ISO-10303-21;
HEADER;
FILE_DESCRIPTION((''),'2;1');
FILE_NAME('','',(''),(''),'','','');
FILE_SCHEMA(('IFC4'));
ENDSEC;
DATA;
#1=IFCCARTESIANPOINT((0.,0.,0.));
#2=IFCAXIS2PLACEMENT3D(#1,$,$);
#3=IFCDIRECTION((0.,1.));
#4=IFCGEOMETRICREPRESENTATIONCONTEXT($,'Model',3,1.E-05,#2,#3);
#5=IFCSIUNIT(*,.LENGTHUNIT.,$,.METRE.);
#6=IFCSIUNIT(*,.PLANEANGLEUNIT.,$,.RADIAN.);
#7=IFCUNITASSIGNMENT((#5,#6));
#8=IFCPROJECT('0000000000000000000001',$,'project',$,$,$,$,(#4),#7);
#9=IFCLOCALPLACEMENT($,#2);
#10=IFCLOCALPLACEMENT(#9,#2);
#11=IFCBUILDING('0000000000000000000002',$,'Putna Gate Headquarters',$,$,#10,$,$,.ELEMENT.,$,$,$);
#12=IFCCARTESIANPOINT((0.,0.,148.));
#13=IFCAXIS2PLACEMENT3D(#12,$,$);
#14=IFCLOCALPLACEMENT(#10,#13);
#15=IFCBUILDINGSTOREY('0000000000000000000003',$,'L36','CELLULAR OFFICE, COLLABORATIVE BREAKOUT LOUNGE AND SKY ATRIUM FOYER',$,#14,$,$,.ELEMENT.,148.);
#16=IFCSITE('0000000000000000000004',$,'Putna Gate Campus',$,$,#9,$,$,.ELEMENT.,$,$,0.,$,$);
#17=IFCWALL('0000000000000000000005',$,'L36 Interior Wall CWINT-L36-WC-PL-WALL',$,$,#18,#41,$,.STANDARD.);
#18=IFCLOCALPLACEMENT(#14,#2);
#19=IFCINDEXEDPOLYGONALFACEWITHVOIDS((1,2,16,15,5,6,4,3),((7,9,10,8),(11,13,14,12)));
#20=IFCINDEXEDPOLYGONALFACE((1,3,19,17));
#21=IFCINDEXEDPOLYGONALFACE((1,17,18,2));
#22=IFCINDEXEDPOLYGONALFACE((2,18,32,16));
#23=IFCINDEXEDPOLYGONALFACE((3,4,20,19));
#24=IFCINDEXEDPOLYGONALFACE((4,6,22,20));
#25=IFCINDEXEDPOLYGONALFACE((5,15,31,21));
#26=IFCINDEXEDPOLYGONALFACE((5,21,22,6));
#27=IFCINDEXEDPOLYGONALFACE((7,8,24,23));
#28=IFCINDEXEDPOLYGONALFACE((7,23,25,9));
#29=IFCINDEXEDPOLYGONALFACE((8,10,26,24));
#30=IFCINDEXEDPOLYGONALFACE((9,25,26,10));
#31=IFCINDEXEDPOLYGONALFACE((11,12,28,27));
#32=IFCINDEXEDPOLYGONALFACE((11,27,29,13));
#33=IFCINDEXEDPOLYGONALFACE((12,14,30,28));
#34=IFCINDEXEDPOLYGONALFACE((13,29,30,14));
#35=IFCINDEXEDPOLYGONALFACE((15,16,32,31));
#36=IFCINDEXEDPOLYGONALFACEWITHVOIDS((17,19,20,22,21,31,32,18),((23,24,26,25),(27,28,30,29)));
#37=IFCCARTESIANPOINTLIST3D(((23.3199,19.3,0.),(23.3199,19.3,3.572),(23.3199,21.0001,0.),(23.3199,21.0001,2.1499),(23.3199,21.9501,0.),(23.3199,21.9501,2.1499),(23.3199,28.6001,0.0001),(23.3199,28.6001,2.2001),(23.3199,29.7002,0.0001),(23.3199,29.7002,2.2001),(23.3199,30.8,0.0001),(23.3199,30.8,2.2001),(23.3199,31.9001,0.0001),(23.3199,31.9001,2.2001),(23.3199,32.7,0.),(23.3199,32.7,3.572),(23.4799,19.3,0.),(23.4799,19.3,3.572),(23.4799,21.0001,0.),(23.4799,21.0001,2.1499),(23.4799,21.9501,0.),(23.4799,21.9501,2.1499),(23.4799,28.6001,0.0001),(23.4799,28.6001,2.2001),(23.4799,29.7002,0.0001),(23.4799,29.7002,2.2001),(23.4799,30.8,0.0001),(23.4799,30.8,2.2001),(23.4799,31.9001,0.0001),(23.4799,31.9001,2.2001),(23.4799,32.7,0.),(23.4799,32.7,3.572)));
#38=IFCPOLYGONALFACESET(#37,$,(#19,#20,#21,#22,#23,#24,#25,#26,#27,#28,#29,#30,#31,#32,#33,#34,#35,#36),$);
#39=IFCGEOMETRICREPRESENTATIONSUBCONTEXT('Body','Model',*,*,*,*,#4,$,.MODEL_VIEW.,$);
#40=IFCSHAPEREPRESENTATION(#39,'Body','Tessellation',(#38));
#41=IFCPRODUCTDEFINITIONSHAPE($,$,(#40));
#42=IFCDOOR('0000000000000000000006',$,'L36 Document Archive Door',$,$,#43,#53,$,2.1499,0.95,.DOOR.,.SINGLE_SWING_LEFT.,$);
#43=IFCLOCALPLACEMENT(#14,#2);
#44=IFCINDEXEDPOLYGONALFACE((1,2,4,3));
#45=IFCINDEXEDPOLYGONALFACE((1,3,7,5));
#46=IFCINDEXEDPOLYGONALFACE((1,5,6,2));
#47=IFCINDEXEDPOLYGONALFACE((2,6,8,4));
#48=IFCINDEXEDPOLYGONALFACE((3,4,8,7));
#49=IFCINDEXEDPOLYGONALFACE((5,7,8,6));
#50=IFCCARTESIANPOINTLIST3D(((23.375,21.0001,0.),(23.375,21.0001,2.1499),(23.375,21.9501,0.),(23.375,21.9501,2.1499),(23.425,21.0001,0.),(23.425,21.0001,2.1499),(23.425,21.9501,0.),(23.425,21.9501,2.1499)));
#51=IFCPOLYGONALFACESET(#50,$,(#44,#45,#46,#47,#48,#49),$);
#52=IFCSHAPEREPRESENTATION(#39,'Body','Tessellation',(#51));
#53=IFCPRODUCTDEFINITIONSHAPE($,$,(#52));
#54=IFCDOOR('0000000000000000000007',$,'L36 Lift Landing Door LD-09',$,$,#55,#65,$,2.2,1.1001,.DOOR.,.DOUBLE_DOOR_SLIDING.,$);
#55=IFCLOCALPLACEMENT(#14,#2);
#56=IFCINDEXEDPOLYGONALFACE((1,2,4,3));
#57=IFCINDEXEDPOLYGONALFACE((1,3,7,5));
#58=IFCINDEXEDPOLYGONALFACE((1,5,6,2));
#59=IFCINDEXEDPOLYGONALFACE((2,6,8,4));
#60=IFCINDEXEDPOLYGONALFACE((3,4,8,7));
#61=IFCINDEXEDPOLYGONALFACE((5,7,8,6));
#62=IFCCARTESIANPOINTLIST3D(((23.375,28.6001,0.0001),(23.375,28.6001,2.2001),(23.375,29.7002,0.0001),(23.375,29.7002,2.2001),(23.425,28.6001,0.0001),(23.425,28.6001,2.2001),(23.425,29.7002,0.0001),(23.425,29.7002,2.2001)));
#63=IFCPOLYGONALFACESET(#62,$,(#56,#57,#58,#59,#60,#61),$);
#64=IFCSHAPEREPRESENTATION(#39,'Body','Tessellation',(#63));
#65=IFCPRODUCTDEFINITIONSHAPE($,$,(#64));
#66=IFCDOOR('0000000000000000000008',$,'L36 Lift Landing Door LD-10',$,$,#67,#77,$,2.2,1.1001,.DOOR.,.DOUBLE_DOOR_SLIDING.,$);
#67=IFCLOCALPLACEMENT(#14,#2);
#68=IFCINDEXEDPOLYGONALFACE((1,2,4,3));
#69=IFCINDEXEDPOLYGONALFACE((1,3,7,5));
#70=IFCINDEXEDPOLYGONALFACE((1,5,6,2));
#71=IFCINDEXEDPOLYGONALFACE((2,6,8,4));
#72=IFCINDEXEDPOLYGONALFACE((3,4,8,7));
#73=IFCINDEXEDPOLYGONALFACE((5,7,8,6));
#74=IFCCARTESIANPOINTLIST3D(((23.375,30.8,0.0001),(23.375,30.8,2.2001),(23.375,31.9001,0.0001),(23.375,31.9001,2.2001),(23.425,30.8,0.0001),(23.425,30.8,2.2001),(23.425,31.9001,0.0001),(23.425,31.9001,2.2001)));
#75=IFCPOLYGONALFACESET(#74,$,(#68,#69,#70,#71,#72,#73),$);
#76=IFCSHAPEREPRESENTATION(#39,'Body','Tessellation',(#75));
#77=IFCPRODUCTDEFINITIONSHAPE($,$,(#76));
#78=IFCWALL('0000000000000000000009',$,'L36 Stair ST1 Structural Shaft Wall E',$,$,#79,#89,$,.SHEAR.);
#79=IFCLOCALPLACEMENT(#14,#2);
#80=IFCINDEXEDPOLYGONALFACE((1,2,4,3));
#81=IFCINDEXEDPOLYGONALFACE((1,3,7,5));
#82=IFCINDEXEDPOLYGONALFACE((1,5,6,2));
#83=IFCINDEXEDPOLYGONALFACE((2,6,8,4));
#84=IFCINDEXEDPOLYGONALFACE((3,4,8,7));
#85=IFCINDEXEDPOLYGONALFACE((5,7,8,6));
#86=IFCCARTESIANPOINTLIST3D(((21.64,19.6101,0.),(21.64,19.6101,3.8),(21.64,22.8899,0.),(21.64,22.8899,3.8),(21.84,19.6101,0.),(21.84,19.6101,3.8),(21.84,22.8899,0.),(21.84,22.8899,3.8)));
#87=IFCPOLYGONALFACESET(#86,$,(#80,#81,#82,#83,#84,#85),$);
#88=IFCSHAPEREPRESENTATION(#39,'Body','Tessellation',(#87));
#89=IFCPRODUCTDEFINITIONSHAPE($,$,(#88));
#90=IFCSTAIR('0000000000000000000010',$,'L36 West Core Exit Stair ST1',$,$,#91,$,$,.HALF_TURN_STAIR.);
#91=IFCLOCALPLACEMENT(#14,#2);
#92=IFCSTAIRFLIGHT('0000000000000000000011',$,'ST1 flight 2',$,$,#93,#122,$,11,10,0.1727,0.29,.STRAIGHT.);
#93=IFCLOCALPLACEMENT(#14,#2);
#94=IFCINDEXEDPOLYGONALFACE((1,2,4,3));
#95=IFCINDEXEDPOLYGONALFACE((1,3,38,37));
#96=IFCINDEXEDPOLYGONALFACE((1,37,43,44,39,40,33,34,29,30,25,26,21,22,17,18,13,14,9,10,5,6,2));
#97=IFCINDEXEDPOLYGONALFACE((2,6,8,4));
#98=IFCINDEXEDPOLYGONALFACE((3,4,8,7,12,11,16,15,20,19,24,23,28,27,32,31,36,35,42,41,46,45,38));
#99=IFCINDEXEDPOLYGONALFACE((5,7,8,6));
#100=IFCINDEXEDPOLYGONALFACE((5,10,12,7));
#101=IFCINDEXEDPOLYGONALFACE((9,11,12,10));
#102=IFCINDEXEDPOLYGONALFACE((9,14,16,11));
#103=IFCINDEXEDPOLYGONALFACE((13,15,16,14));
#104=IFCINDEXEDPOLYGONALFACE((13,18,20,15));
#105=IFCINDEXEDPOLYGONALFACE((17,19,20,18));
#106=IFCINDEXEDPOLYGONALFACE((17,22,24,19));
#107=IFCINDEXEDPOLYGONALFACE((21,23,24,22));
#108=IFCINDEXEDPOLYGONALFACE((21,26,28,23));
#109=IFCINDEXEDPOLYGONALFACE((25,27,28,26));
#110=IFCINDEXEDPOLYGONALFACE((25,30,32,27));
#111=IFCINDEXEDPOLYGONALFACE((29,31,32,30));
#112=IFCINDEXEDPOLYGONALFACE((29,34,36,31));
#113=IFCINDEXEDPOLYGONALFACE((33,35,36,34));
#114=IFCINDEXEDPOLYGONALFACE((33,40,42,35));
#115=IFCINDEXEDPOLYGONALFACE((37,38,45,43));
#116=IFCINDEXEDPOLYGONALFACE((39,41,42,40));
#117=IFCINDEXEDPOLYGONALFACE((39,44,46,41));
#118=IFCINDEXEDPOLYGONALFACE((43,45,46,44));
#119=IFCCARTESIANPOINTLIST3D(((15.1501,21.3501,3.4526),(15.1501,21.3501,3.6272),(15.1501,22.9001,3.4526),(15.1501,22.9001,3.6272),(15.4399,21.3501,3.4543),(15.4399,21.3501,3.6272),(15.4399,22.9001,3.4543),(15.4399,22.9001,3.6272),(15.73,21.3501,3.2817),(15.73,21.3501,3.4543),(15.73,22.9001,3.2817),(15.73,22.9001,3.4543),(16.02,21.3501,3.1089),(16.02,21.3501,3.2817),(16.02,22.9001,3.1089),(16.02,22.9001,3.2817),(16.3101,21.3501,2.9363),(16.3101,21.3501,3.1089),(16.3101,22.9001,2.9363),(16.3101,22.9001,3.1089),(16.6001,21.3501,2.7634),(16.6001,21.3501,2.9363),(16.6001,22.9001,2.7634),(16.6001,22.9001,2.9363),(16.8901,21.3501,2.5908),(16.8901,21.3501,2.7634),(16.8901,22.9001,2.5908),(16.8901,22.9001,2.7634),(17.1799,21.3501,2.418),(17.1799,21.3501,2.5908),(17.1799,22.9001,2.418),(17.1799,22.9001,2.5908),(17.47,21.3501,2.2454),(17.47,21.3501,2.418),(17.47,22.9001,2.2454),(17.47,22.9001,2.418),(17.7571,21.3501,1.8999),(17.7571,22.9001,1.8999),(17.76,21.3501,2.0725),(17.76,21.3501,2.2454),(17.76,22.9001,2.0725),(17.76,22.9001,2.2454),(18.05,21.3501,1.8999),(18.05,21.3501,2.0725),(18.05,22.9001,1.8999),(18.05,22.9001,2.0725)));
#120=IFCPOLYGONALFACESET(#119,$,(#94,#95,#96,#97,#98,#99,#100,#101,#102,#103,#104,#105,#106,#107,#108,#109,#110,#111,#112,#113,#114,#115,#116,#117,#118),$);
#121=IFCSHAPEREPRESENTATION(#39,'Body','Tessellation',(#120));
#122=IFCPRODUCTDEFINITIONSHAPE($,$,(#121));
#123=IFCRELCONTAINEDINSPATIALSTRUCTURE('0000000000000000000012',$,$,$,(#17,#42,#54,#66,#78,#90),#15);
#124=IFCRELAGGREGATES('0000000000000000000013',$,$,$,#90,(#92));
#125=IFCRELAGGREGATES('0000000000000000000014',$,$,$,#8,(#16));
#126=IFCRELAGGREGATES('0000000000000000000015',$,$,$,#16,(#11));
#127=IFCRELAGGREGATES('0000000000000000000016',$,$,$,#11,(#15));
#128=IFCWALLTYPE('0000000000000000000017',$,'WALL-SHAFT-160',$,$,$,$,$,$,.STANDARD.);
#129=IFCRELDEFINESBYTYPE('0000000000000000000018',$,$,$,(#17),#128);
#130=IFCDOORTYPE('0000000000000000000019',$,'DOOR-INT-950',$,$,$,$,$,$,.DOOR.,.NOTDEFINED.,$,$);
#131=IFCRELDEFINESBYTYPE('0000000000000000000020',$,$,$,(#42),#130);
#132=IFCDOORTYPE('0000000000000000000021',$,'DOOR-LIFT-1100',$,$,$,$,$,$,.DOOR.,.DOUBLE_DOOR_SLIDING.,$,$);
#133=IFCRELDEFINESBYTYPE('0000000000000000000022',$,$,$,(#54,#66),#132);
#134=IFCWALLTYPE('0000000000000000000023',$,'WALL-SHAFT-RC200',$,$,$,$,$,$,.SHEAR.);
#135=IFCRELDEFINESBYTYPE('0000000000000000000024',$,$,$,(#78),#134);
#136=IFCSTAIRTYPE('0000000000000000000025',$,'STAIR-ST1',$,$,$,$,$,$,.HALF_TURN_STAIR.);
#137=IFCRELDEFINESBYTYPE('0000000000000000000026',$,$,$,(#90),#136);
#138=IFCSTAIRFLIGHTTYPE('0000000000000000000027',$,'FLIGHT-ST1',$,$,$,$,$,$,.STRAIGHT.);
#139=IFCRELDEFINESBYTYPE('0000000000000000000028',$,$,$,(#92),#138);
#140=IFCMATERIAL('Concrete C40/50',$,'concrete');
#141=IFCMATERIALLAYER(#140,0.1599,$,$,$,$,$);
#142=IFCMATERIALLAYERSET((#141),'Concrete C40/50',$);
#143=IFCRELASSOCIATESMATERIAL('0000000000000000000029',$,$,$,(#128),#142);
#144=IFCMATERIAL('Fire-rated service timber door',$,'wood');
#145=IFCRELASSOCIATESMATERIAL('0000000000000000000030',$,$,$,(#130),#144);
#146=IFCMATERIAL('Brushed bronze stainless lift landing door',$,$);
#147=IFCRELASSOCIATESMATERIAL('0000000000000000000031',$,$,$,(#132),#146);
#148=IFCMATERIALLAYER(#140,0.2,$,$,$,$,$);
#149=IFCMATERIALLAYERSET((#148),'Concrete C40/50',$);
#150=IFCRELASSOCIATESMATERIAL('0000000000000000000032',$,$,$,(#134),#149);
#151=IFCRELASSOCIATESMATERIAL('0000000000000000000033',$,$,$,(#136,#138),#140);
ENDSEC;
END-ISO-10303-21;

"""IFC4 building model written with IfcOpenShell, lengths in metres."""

from ifc_helpers import new_model, si_unit, direction, frame, frame_2d, origin, place, context, subcontext, project, spatial, polyline, rectangle, outline, extrude, material, layer, layer_set, type_object, element, fill, aggregate, save


model = new_model("IFC4")

# Units and contexts
model_context = context("Model", 3, precision=1e-05, world=origin(), true_north=direction((0.0, 1.0)))
body_context = subcontext(model_context, "Body", "Model", "MODEL_VIEW")
ifc_project = project(units=[si_unit("LENGTHUNIT", "METRE"), si_unit("PLANEANGLEUNIT", "RADIAN")], contexts=[model_context])

# Site, building, storey
site_placement = place(None, origin())
site = spatial("IfcSite", under=ifc_project, at=site_placement, Name="Putna Gate Campus", CompositionType="ELEMENT", RefElevation=0.0)
building_placement = place(site_placement, origin())
building = spatial("IfcBuilding", under=site, at=building_placement, Name="Putna Gate Headquarters", CompositionType="ELEMENT")
storey_placement = place(building_placement, frame((0.0, 0.0, 148.0)))
storey = spatial("IfcBuildingStorey", under=building, at=storey_placement, Name="L36", Description="CELLULAR OFFICE, COLLABORATIVE BREAKOUT LOUNGE AND SKY ATRIUM FOYER", CompositionType="ELEMENT", Elevation=148.0)

# Wall, openings, doors
ifc_material_1 = material(Name="Concrete C40/50", Category="concrete")
ifc_layer_1 = layer(ifc_material_1, 0.1599)
ifc_layer_set_1 = layer_set([ifc_layer_1], Name="Concrete C40/50")
wall_type_1 = type_object("IfcWallType", Name="WALL-SHAFT-160", PredefinedType="STANDARD", material=ifc_layer_set_1)
wall_1_placement = place(storey_placement, frame((23.3999, 19.3, 0.0), z_axis=(0.0, 0.0, 1.0), x_axis=(0.0, 1.0, 0.0)))
wall_1 = element("IfcWall", 1, at=wall_1_placement, inside=storey, type_object=wall_type_1, Name="L36 Interior Wall CWINT-L36-WC-PL-WALL", PredefinedType="STANDARD", context=body_context, shape_type="SweptSolid", body=[
    extrude(rectangle(XDim=13.3999, YDim=0.1599, at=frame_2d((6.7, 0.0))), origin(), (0.0, 0.0, 1.0), 3.572),
])
opening_1_placement = place(wall_1_placement, frame((1.7, 0.0, 0.0)))
opening_1 = element("IfcOpeningElement", 2, at=opening_1_placement, cuts=wall_1, PredefinedType="OPENING", context=body_context, shape_type="SweptSolid", body=[
    extrude(rectangle(XDim=0.95, YDim=2.1499, at=frame_2d((0.4751, 1.075))), frame((0.0, 0.0898, 0.0), z_axis=(0.0, -1.0, 0.0), x_axis=(1.0, 0.0, 0.0)), (0.0, 0.0, 1.0), 0.1799),
])
opening_2_placement = place(wall_1_placement, frame((9.3, 0.0, 0.0)))
opening_2 = element("IfcOpeningElement", 3, at=opening_2_placement, cuts=wall_1, PredefinedType="OPENING", context=body_context, shape_type="SweptSolid", body=[
    extrude(rectangle(XDim=1.1001, YDim=2.2, at=frame_2d((0.55, 1.1001))), frame((0.0, 0.0898, 0.0), z_axis=(0.0, -1.0, 0.0), x_axis=(1.0, 0.0, 0.0)), (0.0, 0.0, 1.0), 0.1799),
])
opening_3_placement = place(wall_1_placement, frame((11.5, 0.0, 0.0)))
opening_3 = element("IfcOpeningElement", 4, at=opening_3_placement, cuts=wall_1, PredefinedType="OPENING", context=body_context, shape_type="SweptSolid", body=[
    extrude(rectangle(XDim=1.1001, YDim=2.2, at=frame_2d((0.55, 1.1001))), frame((0.0, 0.0898, 0.0), z_axis=(0.0, -1.0, 0.0), x_axis=(1.0, 0.0, 0.0)), (0.0, 0.0, 1.0), 0.1799),
])
ifc_material_2 = material(Name="Fire-rated service timber door", Category="wood")
door_type_1 = type_object("IfcDoorType", Name="DOOR-INT-950", OperationType="NOTDEFINED", PredefinedType="DOOR", material=ifc_material_2)
door_1_placement = place(opening_1_placement, origin())
door_1 = element("IfcDoor", 5, at=door_1_placement, inside=storey, type_object=door_type_1, Name="L36 Document Archive Door", OperationType="SINGLE_SWING_LEFT", OverallHeight=2.1499, OverallWidth=0.95, PredefinedType="DOOR", context=body_context, shape_type="SweptSolid", body=[
    extrude(rectangle(XDim=0.95, YDim=2.1499, at=frame_2d((0.4751, 1.075))), frame((0.0, 0.0249, 0.0), z_axis=(0.0, -1.0, 0.0), x_axis=(1.0, 0.0, 0.0)), (0.0, 0.0, 1.0), 0.05),
])
fill(opening_1, door_1)
ifc_material_3 = material(Name="Brushed bronze stainless lift landing door")
door_type_2 = type_object("IfcDoorType", Name="DOOR-LIFT-1100", OperationType="DOUBLE_DOOR_SLIDING", PredefinedType="DOOR", material=ifc_material_3)
door_2_placement = place(opening_2_placement, origin())
door_2 = element("IfcDoor", 6, at=door_2_placement, inside=storey, type_object=door_type_2, Name="L36 Lift Landing Door LD-09", OperationType="DOUBLE_DOOR_SLIDING", OverallHeight=2.2, OverallWidth=1.1001, PredefinedType="DOOR", context=body_context, shape_type="SweptSolid", body=[
    extrude(rectangle(XDim=1.1001, YDim=2.2, at=frame_2d((0.55, 1.1001))), frame((0.0, 0.0249, 0.0), z_axis=(0.0, -1.0, 0.0), x_axis=(1.0, 0.0, 0.0)), (0.0, 0.0, 1.0), 0.05),
])
fill(opening_2, door_2)
door_3_placement = place(opening_3_placement, origin())
door_3 = element("IfcDoor", 7, at=door_3_placement, inside=storey, type_object=door_type_2, Name="L36 Lift Landing Door LD-10", OperationType="DOUBLE_DOOR_SLIDING", OverallHeight=2.2, OverallWidth=1.1001, PredefinedType="DOOR", context=body_context, shape_type="SweptSolid", body=[
    extrude(rectangle(XDim=1.1001, YDim=2.2, at=frame_2d((0.55, 1.1001))), frame((0.0, 0.0249, 0.0), z_axis=(0.0, -1.0, 0.0), x_axis=(1.0, 0.0, 0.0)), (0.0, 0.0, 1.0), 0.05),
])
fill(opening_3, door_3)

# Wall
ifc_layer_2 = layer(ifc_material_1, 0.2)
ifc_layer_set_2 = layer_set([ifc_layer_2], Name="Concrete C40/50")
wall_type_2 = type_object("IfcWallType", Name="WALL-SHAFT-RC200", PredefinedType="SHEAR", material=ifc_layer_set_2)
wall_2_placement = place(storey_placement, frame((21.74, 19.6101, 0.0), z_axis=(0.0, 0.0, 1.0), x_axis=(0.0, 1.0, 0.0)))
element("IfcWall", 8, at=wall_2_placement, inside=storey, type_object=wall_type_2, Name="L36 Stair ST1 Structural Shaft Wall E", PredefinedType="SHEAR", context=body_context, shape_type="SweptSolid", body=[
    extrude(rectangle(XDim=3.2798, YDim=0.2, at=frame_2d((1.6399, 0.0))), origin(), (0.0, 0.0, 1.0), 3.8),
])

# Stair, stair flight
stair_type = type_object("IfcStairType", Name="STAIR-ST1", PredefinedType="HALF_TURN_STAIR", material=ifc_material_1)
stair_placement = place(storey_placement, origin())
stair = element("IfcStair", 9, at=stair_placement, inside=storey, type_object=stair_type, Name="L36 West Core Exit Stair ST1", PredefinedType="HALF_TURN_STAIR")
stair_flight_type = type_object("IfcStairFlightType", Name="FLIGHT-ST1", PredefinedType="STRAIGHT", material=ifc_material_1)
stair_flight_placement = place(storey_placement, frame((18.05, 22.125, 1.8999), z_axis=(0.0, 0.0, 1.0), x_axis=(-1.0, 0.0, 0.0)))
stair_flight = element("IfcStairFlight", 10, at=stair_flight_placement, type_object=stair_flight_type, Name="ST1 flight 2", NumberOfRisers=11, NumberOfTreads=10, PredefinedType="STRAIGHT", RiserHeight=0.1727, TreadLength=0.29, context=body_context, shape_type="SweptSolid", body=[
    extrude(outline(polyline([(0.0, 0.0), (0.0, 0.1726), (0.29, 0.1726), (0.29, 0.3455), (0.5801, 0.3455), (0.5801, 0.5181), (0.8701, 0.5181), (0.8701, 0.6909), (1.1599, 0.6909), (1.1599, 0.8635), (1.45, 0.8635), (1.45, 1.0364), (1.74, 1.0364), (1.74, 1.209), (2.03, 1.209), (2.03, 1.3818), (2.3201, 1.3818), (2.3201, 1.5544), (2.6101, 1.5544), (2.6101, 1.7273), (2.8999, 1.7273), (2.8999, 1.8999), (2.8999, 1.5527), (0.293, 0.0), (0.0, 0.0)])), frame((0.0, 0.7749, 0.0), z_axis=(0.0, -1.0, 0.0), x_axis=(1.0, 0.0, 0.0)), (0.0, 0.0, 1.0), 1.55),
])
aggregate(stair, [stair_flight])

save(model, "model.ifc")
